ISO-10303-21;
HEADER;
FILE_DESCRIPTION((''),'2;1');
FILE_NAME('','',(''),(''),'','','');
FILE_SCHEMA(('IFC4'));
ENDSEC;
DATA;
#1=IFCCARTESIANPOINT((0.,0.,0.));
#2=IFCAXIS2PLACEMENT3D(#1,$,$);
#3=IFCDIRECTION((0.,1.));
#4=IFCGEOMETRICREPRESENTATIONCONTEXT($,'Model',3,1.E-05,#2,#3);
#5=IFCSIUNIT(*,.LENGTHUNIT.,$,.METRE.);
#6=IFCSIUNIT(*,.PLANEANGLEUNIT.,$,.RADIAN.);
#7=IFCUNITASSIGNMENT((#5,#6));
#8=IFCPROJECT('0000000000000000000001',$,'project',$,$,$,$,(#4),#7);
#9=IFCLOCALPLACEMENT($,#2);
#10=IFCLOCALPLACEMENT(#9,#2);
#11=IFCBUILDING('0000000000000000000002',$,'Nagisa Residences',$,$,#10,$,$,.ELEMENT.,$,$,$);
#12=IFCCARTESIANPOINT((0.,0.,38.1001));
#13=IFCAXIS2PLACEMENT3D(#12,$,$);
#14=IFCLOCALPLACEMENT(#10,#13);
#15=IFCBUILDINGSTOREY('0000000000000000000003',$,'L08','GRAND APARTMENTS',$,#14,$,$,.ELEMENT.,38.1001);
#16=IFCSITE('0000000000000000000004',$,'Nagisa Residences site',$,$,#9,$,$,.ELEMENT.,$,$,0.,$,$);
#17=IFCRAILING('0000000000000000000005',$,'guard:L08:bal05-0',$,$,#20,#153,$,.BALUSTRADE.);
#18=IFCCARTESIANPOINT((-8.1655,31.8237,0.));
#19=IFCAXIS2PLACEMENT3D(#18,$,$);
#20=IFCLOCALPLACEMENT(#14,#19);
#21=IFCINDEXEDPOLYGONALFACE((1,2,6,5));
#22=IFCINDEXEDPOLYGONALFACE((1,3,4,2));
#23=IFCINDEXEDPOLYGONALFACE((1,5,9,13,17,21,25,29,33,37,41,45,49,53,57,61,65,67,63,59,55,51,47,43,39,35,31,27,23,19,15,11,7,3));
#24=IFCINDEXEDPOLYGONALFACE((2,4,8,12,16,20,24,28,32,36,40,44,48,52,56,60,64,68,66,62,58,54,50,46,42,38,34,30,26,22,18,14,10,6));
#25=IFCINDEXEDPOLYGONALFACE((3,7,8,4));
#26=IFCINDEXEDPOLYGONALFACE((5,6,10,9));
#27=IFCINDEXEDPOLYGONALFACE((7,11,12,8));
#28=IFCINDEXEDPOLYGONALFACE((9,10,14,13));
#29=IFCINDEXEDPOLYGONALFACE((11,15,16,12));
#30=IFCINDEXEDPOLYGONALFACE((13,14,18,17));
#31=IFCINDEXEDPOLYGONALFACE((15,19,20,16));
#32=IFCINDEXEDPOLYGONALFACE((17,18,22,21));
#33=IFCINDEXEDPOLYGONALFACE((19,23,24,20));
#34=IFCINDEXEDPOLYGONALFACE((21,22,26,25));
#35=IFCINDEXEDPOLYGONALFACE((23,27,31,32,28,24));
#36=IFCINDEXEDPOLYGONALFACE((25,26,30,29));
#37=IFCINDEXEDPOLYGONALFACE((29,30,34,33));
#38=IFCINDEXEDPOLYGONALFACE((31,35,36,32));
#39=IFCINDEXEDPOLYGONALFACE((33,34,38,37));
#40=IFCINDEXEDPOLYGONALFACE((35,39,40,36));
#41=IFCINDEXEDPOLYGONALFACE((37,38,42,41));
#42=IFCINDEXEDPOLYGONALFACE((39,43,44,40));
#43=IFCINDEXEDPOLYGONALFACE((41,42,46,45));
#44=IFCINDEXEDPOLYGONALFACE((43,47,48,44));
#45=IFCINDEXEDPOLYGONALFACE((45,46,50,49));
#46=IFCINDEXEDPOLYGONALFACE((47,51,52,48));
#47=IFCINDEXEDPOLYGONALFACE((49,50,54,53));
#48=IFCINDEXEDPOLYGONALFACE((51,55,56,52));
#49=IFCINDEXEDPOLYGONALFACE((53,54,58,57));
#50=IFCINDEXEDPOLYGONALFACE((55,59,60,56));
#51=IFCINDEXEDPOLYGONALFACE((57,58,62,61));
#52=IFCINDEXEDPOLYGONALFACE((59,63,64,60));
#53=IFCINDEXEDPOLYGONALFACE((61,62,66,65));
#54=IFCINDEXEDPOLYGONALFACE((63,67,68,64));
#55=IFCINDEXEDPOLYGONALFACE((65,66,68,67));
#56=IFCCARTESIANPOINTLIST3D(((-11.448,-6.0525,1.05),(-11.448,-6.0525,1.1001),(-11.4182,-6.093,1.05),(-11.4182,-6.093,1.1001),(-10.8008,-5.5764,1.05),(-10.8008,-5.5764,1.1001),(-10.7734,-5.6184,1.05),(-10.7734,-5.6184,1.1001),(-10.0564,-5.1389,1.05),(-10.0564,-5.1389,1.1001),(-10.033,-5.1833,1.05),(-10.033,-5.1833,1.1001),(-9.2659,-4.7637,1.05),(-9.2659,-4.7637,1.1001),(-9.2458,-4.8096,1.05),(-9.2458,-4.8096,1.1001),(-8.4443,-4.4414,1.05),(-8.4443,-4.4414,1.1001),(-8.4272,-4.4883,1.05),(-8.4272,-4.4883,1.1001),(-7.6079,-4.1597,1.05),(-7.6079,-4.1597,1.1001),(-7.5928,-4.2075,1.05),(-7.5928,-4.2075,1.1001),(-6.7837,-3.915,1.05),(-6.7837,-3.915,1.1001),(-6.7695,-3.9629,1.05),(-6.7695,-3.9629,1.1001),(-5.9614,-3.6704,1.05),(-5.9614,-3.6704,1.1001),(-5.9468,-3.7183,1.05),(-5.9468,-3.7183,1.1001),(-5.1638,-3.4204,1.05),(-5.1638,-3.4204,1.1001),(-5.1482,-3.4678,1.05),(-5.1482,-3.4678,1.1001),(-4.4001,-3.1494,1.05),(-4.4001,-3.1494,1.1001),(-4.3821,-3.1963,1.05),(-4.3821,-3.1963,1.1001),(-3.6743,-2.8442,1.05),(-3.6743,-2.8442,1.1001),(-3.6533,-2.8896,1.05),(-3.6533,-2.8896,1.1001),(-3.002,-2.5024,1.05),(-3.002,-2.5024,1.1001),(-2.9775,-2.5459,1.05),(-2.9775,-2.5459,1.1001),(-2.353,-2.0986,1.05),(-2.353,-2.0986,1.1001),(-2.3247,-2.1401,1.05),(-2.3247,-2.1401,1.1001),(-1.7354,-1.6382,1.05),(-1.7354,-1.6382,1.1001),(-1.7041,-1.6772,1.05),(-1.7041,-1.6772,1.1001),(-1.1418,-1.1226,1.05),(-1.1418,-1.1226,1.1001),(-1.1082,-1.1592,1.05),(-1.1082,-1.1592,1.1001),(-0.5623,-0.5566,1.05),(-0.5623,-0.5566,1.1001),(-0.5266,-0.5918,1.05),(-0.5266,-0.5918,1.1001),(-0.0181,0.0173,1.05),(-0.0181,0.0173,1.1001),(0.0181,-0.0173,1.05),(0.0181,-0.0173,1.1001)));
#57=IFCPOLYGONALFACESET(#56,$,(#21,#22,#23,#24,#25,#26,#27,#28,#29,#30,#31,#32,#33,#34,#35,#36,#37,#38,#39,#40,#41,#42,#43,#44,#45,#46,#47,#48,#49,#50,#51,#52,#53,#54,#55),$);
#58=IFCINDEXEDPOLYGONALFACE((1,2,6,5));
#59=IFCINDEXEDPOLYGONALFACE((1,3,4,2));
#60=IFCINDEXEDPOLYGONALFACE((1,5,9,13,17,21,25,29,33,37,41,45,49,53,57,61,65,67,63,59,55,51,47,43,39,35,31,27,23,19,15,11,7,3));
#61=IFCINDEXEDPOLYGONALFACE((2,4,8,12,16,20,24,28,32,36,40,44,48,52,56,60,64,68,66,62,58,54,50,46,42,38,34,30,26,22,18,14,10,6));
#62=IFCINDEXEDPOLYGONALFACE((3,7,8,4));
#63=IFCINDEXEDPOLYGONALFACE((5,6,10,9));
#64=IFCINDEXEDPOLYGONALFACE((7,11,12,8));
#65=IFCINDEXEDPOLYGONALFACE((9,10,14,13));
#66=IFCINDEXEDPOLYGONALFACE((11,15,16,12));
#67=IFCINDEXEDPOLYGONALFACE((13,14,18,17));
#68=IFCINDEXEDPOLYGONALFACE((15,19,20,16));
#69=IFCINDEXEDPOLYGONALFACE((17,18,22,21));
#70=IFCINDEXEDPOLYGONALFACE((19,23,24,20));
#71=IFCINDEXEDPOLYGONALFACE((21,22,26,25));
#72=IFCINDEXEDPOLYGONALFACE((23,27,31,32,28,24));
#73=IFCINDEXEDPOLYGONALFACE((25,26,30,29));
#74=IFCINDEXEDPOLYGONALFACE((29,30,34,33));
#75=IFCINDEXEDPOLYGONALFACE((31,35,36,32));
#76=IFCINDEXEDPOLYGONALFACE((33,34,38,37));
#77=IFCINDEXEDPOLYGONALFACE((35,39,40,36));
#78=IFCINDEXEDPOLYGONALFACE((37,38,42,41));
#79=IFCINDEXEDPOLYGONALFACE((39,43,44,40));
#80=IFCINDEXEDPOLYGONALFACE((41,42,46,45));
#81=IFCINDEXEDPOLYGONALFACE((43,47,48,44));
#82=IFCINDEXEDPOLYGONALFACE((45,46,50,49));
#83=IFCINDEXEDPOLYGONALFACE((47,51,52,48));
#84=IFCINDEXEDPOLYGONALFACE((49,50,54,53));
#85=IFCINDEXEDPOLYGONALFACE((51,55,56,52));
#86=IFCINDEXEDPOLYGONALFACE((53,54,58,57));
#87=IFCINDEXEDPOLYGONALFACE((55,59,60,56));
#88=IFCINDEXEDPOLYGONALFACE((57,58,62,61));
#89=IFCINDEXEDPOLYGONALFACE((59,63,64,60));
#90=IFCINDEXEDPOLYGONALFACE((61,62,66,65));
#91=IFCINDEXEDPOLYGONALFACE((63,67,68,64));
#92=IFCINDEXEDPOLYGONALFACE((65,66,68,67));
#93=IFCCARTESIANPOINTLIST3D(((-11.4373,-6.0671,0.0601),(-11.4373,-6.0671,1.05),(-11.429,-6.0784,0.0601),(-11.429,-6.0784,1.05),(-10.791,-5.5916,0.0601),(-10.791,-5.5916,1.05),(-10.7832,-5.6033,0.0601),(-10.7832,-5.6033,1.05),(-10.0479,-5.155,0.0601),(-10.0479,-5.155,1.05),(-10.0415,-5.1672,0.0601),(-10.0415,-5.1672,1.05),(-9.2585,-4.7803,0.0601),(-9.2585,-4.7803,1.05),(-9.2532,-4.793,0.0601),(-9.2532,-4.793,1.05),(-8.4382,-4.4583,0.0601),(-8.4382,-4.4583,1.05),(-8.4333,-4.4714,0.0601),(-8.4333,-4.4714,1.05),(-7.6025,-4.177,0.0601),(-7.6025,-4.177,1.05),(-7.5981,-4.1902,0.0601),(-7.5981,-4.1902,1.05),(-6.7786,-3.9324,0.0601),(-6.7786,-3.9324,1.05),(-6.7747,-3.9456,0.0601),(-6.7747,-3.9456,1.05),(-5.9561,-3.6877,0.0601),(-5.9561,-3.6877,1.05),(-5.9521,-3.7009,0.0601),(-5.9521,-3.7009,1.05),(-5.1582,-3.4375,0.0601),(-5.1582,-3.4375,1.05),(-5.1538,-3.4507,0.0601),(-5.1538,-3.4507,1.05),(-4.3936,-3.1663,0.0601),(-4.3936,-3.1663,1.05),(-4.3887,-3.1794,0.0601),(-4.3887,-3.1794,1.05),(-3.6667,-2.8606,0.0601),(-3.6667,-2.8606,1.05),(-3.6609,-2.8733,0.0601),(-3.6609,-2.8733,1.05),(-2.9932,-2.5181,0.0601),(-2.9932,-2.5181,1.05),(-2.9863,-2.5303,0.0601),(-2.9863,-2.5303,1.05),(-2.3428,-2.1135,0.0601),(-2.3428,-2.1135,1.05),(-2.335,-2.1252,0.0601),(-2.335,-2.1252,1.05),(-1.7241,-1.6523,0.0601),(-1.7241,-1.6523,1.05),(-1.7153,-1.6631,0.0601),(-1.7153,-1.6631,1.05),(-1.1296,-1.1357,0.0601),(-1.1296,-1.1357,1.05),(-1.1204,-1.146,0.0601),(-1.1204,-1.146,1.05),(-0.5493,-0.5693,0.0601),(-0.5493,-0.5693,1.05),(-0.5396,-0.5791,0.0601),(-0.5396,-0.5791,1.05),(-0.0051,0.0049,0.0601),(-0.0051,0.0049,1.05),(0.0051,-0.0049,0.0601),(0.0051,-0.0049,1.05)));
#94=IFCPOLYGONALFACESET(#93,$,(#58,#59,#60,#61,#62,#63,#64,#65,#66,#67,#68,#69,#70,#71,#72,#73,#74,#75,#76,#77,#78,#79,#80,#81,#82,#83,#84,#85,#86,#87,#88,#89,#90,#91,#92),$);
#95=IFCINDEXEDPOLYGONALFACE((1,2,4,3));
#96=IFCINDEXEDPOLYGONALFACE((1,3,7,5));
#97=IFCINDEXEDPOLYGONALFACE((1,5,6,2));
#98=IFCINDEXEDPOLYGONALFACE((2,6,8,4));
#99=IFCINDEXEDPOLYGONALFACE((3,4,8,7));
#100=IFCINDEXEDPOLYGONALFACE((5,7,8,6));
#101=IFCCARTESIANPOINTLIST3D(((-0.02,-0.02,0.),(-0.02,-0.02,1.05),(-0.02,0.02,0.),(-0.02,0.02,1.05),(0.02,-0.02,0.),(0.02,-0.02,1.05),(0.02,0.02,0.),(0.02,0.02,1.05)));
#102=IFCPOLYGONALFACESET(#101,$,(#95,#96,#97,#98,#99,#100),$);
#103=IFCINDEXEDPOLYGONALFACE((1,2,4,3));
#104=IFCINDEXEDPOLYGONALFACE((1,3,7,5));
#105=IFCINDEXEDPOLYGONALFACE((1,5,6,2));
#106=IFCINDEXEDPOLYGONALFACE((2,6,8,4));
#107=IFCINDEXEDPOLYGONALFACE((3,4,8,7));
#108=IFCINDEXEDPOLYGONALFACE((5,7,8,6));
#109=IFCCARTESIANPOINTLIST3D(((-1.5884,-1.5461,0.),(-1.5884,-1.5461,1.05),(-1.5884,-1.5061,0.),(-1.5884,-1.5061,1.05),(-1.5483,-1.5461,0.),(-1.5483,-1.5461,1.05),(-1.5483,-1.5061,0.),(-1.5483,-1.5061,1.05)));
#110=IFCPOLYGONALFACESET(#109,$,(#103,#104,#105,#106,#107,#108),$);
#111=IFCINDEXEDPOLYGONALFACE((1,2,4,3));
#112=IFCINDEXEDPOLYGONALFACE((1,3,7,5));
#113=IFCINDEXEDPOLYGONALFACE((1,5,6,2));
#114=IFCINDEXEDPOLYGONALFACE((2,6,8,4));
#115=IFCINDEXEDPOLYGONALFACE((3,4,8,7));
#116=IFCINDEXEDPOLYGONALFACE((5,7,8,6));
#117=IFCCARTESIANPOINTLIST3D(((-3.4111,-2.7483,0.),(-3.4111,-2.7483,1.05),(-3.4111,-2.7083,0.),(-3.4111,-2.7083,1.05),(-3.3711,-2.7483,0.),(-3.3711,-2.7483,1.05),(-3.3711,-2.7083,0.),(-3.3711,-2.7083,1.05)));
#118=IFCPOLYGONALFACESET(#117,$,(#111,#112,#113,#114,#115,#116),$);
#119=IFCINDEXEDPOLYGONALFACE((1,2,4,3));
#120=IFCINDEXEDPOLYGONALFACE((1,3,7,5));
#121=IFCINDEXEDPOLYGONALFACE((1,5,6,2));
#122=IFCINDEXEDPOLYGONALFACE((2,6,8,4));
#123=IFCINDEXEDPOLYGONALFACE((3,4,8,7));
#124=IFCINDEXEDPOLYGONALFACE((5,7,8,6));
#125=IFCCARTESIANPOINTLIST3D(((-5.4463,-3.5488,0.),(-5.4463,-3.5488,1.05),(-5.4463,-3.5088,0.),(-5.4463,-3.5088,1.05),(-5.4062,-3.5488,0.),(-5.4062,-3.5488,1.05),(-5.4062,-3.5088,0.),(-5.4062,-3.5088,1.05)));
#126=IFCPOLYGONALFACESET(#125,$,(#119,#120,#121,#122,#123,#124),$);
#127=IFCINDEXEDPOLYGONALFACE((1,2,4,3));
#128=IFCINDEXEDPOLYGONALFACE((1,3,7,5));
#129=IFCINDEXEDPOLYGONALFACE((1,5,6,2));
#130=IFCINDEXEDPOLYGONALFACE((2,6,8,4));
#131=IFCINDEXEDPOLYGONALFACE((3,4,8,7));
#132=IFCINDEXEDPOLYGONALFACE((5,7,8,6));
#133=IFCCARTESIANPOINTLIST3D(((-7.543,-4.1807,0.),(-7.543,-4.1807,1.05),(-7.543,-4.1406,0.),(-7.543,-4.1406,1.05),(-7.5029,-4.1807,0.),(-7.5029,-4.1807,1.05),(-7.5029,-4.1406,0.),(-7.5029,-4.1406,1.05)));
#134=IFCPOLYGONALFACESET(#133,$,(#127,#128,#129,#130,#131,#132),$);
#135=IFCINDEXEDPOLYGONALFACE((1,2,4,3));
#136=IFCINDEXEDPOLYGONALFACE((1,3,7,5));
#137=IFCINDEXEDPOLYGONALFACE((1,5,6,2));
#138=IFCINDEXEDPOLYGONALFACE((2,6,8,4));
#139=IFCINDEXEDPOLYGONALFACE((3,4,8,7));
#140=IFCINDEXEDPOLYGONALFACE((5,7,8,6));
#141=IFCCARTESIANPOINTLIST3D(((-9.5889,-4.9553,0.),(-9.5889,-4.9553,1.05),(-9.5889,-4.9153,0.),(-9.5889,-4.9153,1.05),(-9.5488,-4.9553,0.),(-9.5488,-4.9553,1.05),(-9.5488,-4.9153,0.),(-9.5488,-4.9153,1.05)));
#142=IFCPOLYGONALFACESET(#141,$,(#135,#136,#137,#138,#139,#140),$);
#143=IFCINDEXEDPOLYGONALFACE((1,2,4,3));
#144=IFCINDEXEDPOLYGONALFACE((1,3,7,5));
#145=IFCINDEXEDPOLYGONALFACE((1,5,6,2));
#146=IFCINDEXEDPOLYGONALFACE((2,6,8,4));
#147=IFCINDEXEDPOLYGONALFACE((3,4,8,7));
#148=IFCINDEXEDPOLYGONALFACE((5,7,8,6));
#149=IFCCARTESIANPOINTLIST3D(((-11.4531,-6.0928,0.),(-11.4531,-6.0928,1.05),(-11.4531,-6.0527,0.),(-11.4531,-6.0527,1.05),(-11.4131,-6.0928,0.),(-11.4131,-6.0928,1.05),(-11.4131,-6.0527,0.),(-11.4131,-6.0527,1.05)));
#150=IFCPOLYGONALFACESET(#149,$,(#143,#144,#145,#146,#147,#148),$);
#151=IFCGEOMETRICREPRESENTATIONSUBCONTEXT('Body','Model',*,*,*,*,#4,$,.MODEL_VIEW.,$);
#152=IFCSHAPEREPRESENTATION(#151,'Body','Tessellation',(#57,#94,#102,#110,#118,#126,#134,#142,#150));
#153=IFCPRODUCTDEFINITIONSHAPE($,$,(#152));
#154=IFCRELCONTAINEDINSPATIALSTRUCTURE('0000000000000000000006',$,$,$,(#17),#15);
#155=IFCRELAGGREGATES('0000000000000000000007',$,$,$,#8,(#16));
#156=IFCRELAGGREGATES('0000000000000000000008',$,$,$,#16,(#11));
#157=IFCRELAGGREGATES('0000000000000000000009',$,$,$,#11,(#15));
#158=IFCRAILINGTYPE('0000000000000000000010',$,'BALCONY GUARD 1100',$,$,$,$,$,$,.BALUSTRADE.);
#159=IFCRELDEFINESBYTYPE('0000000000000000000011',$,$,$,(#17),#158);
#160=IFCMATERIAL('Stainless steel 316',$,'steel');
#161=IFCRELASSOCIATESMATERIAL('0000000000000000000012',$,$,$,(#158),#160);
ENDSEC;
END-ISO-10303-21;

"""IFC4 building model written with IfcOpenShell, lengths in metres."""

from ifc_helpers import new_model, si_unit, direction, frame, origin, origin_2d, place, context, subcontext, project, spatial, polyline, rectangle, outline, extrude, material, type_object, element, save


model = new_model("IFC4")

# Units and contexts
model_context = context("Model", 3, precision=1e-05, world=origin(), true_north=direction((0.0, 1.0)))
body_context = subcontext(model_context, "Body", "Model", "MODEL_VIEW")
ifc_project = project(units=[si_unit("LENGTHUNIT", "METRE"), si_unit("PLANEANGLEUNIT", "RADIAN")], contexts=[model_context])

# Site, building, storey
site_placement = place(None, origin())
site = spatial("IfcSite", under=ifc_project, at=site_placement, Name="Nagisa Residences site", CompositionType="ELEMENT", RefElevation=0.0)
building_placement = place(site_placement, origin())
building = spatial("IfcBuilding", under=site, at=building_placement, Name="Nagisa Residences", CompositionType="ELEMENT")
storey_placement = place(building_placement, frame((0.0, 0.0, 38.1001)))
storey = spatial("IfcBuildingStorey", under=building, at=storey_placement, Name="L08", Description="GRAND APARTMENTS", CompositionType="ELEMENT", Elevation=38.1001)

# Railing
ifc_material_1 = material(Name="Stainless steel 316", Category="steel")
railing_type = type_object("IfcRailingType", Name="BALCONY GUARD 1100", PredefinedType="BALUSTRADE", material=ifc_material_1)
railing_placement = place(storey_placement, frame((-8.1655, 31.8237, 0.0)))
element("IfcRailing", 1, at=railing_placement, inside=storey, type_object=railing_type, Name="guard:L08:bal05-0", PredefinedType="BALUSTRADE", context=body_context, shape_type="SweptSolid", body=[
    extrude(outline(polyline([(-0.5266, -0.5918), (0.0181, -0.0173), (-0.0181, 0.0173), (-0.5623, -0.5566), (-1.1418, -1.1226), (-1.7354, -1.6382), (-2.353, -2.0986), (-3.002, -2.5024), (-3.6743, -2.8442), (-4.4001, -3.1494), (-5.1638, -3.4204), (-5.9614, -3.6704), (-6.7837, -3.915), (-7.6079, -4.1597), (-8.4443, -4.4414), (-9.2659, -4.7637), (-10.0564, -5.1389), (-10.8008, -5.5764), (-11.448, -6.0525), (-11.4182, -6.093), (-10.7734, -5.6184), (-10.033, -5.1833), (-9.2458, -4.8096), (-8.4272, -4.4883), (-7.5928, -4.2075), (-6.7695, -3.9629), (-5.9468, -3.7183), (-5.1482, -3.4678), (-4.3821, -3.1963), (-3.6533, -2.8896), (-2.9775, -2.5459), (-2.3247, -2.1401), (-1.7041, -1.6772), (-1.1082, -1.1592), (-0.5266, -0.5918)])), frame((0.0, 0.0, 1.05)), (0.0, 0.0, 1.0), 0.05),
    extrude(outline(polyline([(-0.5396, -0.5791), (0.0051, -0.0049), (-0.0051, 0.0049), (-0.5493, -0.5693), (-1.1296, -1.1357), (-1.7241, -1.6523), (-2.3428, -2.1135), (-2.9932, -2.5181), (-3.6667, -2.8606), (-4.3936, -3.1663), (-5.1582, -3.4375), (-5.9561, -3.6877), (-6.7786, -3.9324), (-7.6025, -4.177), (-8.4382, -4.4583), (-9.2585, -4.7803), (-10.0479, -5.155), (-10.791, -5.5916), (-11.4373, -6.0671), (-11.429, -6.0784), (-10.7832, -5.6033), (-10.0415, -5.1672), (-9.2532, -4.793), (-8.4333, -4.4714), (-7.5981, -4.1902), (-6.7747, -3.9456), (-5.9521, -3.7009), (-5.1538, -3.4507), (-4.3887, -3.1794), (-3.6609, -2.8733), (-2.9863, -2.5303), (-2.335, -2.1252), (-1.7153, -1.6631), (-1.1204, -1.146), (-0.5396, -0.5791)])), frame((0.0, 0.0, 0.0601)), (0.0, 0.0, 1.0), 0.99),
    extrude(rectangle(XDim=0.04, YDim=0.04, at=origin_2d()), origin(), (0.0, 0.0, 1.0), 1.05),
    extrude(rectangle(XDim=0.04, YDim=0.04, at=origin_2d()), frame((-1.5684, -1.5261, 0.0)), (0.0, 0.0, 1.0), 1.05),
    extrude(rectangle(XDim=0.04, YDim=0.04, at=origin_2d()), frame((-3.3911, -2.7283, 0.0)), (0.0, 0.0, 1.0), 1.05),
    extrude(rectangle(XDim=0.04, YDim=0.04, at=origin_2d()), frame((-5.4263, -3.5288, 0.0)), (0.0, 0.0, 1.0), 1.05),
    extrude(rectangle(XDim=0.04, YDim=0.04, at=origin_2d()), frame((-7.5229, -4.1606, 0.0)), (0.0, 0.0, 1.0), 1.05),
    extrude(rectangle(XDim=0.04, YDim=0.04, at=origin_2d()), frame((-9.5688, -4.9353, 0.0)), (0.0, 0.0, 1.0), 1.05),
    extrude(rectangle(XDim=0.04, YDim=0.04, at=origin_2d()), frame((-11.4331, -6.0728, 0.0)), (0.0, 0.0, 1.0), 1.05),
])

save(model, "model.ifc")
